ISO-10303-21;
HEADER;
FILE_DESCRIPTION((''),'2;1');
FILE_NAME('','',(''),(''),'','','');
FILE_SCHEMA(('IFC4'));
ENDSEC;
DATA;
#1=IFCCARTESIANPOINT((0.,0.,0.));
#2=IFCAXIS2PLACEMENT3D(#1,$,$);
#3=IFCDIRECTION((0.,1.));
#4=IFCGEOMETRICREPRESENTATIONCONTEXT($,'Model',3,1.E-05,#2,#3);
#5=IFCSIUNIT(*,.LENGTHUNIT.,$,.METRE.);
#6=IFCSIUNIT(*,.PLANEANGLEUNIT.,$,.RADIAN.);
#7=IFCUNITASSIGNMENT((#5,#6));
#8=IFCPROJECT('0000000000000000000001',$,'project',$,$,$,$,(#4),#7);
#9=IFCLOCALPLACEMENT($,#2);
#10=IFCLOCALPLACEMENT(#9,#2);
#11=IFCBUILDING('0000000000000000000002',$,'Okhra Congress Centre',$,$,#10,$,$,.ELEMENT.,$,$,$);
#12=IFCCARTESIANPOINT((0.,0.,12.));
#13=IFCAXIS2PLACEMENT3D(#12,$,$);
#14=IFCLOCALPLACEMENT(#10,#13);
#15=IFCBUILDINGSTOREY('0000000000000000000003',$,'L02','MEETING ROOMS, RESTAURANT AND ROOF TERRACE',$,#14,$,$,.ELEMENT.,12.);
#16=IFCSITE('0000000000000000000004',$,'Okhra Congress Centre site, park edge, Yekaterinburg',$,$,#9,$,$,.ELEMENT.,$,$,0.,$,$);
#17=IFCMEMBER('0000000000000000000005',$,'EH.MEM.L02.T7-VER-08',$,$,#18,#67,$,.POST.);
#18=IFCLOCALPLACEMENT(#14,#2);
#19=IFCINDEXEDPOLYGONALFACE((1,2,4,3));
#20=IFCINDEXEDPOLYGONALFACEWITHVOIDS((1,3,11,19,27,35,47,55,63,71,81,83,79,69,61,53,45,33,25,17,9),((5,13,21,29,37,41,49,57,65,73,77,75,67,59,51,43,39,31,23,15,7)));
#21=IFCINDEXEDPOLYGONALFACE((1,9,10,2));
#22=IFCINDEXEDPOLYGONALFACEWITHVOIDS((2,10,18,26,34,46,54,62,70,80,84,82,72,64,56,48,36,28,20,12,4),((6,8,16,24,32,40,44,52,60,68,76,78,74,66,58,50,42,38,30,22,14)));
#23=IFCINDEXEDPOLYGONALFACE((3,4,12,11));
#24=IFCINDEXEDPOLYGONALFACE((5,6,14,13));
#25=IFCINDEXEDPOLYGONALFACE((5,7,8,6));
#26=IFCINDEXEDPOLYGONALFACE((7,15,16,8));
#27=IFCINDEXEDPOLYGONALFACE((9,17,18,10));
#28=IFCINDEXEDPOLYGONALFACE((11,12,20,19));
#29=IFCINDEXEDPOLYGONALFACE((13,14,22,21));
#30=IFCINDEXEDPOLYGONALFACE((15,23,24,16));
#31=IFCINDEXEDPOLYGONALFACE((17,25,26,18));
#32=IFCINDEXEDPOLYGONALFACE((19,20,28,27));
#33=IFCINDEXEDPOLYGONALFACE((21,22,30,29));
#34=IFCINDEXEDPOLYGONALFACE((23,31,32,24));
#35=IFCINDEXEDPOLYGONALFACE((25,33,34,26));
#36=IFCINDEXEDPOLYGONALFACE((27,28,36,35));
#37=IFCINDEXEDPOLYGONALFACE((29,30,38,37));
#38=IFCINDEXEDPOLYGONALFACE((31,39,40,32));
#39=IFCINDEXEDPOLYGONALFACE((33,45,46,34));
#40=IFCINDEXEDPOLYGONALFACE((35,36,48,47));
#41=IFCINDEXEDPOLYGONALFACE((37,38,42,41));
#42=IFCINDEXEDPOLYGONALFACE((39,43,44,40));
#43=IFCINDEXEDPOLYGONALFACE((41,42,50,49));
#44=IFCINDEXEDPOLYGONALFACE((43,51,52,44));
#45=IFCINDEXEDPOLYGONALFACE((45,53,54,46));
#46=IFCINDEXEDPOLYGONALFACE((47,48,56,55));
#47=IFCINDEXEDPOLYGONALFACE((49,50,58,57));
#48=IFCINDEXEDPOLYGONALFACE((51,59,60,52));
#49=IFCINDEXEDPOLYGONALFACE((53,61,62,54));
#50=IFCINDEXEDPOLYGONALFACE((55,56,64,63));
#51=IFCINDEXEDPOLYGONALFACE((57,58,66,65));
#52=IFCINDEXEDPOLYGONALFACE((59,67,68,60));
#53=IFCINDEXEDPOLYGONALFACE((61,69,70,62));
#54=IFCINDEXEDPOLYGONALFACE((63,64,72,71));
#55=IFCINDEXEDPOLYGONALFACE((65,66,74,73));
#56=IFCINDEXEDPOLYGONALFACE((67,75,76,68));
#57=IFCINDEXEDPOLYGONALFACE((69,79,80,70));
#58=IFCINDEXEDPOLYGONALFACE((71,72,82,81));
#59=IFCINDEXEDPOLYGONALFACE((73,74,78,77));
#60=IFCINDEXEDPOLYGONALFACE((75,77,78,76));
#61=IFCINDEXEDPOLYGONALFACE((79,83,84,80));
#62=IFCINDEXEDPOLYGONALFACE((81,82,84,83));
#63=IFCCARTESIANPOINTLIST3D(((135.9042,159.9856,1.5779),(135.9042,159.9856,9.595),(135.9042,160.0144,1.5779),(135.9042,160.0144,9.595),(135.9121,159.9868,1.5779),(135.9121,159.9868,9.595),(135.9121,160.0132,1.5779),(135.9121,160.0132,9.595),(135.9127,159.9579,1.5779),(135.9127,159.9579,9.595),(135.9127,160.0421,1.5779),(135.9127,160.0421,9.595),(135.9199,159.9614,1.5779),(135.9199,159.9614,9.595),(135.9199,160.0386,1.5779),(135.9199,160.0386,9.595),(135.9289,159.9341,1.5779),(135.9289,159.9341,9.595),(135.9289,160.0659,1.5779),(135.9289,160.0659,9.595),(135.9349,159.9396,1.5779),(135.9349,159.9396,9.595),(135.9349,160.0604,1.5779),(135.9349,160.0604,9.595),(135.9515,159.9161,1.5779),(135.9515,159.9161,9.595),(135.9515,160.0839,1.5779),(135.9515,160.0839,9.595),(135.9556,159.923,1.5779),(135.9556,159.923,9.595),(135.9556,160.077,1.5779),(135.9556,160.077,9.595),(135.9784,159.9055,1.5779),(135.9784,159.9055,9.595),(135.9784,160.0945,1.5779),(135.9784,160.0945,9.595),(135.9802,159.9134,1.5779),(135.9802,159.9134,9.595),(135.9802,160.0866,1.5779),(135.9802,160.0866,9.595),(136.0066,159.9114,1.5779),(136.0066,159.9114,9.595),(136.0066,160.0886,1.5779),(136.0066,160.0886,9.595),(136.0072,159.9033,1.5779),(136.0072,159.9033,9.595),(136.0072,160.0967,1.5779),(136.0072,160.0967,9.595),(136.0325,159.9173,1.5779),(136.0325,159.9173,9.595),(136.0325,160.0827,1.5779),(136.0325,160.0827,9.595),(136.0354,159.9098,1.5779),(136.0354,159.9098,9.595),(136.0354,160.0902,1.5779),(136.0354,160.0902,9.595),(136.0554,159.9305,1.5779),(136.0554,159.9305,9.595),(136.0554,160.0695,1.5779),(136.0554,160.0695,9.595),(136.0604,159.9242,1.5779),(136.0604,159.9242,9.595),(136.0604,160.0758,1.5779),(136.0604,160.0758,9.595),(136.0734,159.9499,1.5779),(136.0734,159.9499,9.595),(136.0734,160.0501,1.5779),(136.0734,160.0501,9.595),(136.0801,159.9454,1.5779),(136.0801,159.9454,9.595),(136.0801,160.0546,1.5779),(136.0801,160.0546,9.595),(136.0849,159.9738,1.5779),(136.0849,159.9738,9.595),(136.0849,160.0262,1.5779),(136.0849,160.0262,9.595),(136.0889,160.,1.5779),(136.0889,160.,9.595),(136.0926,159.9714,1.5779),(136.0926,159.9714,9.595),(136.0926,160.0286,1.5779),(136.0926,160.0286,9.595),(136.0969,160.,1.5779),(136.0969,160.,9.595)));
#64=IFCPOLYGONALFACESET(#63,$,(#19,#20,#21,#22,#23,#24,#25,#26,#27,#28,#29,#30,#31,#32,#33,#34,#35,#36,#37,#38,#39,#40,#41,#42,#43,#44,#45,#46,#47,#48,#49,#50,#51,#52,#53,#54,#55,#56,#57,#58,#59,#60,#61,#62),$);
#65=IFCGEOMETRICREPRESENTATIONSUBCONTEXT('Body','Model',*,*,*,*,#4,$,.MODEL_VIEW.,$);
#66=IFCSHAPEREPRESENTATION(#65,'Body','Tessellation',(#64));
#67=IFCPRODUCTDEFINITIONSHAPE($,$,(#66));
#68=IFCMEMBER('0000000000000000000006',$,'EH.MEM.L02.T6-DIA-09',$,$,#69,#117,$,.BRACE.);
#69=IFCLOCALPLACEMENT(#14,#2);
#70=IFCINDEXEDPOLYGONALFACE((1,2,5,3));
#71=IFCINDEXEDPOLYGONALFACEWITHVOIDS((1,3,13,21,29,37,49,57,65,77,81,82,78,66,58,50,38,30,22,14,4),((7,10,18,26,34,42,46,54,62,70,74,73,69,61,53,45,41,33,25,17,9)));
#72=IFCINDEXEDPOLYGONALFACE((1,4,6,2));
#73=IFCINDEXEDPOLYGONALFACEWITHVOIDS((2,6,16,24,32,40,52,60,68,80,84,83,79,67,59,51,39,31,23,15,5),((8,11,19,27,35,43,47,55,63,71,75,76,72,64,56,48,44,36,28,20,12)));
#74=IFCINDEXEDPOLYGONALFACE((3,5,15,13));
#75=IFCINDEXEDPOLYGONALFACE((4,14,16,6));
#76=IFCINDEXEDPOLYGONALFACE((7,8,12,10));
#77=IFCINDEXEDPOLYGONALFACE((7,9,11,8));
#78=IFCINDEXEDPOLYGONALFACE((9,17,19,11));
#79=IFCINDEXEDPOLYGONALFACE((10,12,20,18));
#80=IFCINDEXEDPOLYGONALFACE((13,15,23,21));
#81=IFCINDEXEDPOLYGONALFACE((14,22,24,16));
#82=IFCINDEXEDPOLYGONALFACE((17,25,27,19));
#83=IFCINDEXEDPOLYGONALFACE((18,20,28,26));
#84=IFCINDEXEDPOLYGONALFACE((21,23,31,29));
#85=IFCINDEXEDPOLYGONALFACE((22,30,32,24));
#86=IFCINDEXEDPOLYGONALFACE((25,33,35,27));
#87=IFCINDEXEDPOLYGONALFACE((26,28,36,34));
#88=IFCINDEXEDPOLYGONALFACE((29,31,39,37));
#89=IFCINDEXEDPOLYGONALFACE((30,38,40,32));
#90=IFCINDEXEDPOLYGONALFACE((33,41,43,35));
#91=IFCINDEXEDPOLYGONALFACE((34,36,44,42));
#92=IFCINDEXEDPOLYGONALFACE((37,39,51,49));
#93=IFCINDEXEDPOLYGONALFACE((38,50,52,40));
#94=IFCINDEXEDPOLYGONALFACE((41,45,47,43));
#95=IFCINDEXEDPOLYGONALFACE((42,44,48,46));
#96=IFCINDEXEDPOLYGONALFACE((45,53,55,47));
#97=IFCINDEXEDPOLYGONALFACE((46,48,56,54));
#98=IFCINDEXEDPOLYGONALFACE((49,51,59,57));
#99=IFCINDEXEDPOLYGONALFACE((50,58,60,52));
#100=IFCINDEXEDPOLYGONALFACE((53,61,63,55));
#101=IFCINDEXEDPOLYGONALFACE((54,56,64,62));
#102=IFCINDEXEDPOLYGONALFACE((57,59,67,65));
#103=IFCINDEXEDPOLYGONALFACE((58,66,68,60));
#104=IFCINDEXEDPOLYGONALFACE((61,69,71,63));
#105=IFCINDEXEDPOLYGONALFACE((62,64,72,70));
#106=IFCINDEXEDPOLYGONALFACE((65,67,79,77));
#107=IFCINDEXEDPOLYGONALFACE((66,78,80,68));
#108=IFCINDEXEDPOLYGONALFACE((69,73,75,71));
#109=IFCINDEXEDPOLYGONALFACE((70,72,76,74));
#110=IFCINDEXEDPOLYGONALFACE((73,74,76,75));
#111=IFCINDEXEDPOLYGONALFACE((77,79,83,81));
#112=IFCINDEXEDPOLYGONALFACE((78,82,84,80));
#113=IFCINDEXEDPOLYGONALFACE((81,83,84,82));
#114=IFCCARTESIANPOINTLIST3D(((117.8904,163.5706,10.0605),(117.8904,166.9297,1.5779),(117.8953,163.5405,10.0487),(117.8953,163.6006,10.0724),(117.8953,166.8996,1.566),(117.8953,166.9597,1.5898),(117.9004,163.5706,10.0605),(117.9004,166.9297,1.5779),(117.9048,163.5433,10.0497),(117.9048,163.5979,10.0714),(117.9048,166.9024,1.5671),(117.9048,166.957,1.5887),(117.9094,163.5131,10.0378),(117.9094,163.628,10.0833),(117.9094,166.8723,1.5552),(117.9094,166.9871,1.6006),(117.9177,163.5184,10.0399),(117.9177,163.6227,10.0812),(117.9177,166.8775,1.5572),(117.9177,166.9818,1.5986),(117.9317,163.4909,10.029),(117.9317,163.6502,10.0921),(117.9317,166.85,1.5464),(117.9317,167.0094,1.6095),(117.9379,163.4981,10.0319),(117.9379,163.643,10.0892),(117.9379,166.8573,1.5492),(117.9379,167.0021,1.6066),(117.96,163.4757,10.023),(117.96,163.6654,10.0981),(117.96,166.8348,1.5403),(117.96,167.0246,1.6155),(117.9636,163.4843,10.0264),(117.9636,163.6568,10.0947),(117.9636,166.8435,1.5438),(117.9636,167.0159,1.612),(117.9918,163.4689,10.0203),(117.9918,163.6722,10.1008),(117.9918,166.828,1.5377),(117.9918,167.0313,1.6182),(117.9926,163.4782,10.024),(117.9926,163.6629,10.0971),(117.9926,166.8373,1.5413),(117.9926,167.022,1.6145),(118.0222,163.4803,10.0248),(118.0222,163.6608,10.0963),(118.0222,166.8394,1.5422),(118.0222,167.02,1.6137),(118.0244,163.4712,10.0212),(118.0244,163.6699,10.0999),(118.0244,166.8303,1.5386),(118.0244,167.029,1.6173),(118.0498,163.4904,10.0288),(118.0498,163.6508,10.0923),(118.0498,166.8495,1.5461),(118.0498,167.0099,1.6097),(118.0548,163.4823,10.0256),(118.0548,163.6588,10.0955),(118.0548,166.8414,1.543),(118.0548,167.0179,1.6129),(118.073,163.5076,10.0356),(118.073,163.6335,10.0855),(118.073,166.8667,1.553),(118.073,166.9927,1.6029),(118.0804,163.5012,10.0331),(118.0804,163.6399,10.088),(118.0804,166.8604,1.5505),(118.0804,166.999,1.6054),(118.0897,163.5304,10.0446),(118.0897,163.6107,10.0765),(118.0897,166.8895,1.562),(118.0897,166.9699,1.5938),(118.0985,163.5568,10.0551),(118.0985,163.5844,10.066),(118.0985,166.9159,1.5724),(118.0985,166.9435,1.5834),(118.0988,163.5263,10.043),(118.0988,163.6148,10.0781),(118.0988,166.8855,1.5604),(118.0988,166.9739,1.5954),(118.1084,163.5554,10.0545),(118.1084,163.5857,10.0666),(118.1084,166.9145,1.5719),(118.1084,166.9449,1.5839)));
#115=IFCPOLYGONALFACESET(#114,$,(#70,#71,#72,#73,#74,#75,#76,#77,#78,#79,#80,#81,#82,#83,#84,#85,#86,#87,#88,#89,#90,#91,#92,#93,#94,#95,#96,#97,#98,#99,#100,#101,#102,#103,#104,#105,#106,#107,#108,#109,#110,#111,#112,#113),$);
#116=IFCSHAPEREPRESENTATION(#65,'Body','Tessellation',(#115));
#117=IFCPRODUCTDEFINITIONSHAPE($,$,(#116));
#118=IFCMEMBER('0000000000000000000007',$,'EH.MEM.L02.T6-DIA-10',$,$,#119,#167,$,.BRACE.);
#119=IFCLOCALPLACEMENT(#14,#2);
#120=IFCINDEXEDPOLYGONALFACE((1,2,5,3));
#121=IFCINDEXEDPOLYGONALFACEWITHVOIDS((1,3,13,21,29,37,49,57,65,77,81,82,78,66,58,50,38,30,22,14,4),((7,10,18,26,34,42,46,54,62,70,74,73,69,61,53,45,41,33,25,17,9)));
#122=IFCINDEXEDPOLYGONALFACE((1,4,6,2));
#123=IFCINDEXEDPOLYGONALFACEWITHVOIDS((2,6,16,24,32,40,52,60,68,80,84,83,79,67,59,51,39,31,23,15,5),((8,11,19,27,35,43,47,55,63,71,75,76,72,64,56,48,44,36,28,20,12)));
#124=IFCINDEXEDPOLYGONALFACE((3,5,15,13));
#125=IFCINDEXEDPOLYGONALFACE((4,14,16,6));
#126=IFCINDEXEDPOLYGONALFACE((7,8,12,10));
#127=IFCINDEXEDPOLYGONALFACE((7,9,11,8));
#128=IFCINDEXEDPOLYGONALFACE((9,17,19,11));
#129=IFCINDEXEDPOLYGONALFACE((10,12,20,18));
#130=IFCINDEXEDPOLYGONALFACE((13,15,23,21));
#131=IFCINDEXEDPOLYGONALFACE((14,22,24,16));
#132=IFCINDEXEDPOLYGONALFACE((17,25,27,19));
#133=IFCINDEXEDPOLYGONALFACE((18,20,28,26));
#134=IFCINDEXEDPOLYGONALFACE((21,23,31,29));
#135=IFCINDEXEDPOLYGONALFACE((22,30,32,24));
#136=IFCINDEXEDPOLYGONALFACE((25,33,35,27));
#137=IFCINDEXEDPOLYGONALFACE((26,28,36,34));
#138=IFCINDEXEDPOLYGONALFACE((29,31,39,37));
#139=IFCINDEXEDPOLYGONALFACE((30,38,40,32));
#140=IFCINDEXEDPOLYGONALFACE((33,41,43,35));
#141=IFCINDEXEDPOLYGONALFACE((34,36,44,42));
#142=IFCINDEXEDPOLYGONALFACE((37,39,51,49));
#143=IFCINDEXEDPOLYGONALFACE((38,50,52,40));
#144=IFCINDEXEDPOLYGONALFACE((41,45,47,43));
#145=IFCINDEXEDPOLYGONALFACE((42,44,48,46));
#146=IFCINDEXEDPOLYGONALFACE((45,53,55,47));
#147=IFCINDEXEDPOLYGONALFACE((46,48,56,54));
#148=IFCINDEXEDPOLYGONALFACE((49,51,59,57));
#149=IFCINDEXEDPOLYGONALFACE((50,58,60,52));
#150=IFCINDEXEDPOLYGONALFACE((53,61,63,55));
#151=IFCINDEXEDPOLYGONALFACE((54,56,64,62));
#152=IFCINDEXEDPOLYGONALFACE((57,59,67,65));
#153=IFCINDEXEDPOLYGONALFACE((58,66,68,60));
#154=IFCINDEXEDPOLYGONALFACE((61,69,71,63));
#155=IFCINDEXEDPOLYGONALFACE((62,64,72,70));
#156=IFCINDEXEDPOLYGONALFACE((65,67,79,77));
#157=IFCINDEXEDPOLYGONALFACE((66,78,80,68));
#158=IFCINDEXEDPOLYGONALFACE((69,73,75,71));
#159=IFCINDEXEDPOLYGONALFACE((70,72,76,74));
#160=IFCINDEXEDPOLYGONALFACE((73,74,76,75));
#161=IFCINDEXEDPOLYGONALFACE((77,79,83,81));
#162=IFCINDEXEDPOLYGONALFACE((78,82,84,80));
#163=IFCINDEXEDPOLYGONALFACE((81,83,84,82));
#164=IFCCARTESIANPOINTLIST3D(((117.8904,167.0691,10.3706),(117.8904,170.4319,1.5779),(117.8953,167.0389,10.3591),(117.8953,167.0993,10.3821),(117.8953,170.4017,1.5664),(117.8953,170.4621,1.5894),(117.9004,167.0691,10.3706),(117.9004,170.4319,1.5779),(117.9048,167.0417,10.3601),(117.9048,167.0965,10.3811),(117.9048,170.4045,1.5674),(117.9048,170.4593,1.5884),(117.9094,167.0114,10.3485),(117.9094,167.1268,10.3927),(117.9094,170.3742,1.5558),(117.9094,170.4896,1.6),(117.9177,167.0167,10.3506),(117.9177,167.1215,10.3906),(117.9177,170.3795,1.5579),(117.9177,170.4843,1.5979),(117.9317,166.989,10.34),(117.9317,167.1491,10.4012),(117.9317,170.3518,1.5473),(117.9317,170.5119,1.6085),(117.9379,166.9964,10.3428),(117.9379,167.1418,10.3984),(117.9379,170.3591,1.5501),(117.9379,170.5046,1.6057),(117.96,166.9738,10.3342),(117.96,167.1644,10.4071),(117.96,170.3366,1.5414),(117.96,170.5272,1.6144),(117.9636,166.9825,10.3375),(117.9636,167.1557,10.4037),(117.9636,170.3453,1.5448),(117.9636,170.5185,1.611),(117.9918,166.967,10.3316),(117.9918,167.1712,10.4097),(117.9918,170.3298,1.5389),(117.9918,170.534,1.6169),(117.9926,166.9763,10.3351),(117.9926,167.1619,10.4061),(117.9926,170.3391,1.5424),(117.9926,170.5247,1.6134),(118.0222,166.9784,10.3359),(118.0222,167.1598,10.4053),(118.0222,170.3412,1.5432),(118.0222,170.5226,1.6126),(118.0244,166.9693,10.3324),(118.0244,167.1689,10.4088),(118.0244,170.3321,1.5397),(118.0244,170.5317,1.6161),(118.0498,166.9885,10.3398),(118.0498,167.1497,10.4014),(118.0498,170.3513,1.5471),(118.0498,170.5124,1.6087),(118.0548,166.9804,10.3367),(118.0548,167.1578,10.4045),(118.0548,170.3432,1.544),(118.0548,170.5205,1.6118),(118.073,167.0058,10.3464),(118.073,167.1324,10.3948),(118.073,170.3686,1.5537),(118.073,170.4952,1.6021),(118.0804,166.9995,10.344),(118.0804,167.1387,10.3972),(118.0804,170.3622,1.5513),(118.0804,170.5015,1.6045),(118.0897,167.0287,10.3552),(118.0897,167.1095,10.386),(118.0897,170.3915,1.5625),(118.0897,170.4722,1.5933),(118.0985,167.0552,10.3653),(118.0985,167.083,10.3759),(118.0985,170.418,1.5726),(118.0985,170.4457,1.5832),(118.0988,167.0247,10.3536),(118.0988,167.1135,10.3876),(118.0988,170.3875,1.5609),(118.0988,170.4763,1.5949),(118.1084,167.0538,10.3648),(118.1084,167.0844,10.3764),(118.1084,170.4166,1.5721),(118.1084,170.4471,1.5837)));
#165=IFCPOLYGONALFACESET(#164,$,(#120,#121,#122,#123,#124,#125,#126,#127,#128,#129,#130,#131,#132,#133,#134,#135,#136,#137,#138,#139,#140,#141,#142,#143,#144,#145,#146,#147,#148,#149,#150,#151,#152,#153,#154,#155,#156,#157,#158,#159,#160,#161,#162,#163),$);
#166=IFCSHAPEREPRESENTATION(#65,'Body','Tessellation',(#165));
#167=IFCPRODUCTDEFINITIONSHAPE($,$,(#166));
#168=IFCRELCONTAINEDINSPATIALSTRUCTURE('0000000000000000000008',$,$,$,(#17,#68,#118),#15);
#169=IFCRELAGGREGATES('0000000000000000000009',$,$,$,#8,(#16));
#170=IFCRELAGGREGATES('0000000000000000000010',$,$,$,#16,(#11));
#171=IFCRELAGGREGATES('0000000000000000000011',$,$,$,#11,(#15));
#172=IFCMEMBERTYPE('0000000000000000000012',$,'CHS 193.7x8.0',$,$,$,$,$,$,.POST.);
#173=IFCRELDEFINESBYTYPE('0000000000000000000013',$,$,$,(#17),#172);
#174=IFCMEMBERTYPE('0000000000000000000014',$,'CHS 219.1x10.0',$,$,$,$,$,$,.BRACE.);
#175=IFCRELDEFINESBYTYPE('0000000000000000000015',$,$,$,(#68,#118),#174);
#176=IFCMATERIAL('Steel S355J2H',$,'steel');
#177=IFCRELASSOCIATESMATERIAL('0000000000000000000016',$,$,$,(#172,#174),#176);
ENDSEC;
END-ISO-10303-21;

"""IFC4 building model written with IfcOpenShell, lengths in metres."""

from ifc_helpers import new_model, si_unit, direction, frame, origin, origin_2d, place, context, subcontext, project, spatial, hollow_circle, extrude, material, material_profile, profile_set, type_object, element, save


model = new_model("IFC4")

# Units and contexts
model_context = context("Model", 3, precision=1e-05, world=origin(), true_north=direction((0.0, 1.0)))
body_context = subcontext(model_context, "Body", "Model", "MODEL_VIEW")
ifc_project = project(units=[si_unit("LENGTHUNIT", "METRE"), si_unit("PLANEANGLEUNIT", "RADIAN")], contexts=[model_context])

# Site, building, storey
site_placement = place(None, origin())
site = spatial("IfcSite", under=ifc_project, at=site_placement, Name="Okhra Congress Centre site, park edge, Yekaterinburg", CompositionType="ELEMENT", RefElevation=0.0)
building_placement = place(site_placement, origin())
building = spatial("IfcBuilding", under=site, at=building_placement, Name="Okhra Congress Centre", CompositionType="ELEMENT")
storey_placement = place(building_placement, frame((0.0, 0.0, 12.0)))
storey = spatial("IfcBuildingStorey", under=building, at=storey_placement, Name="L02", Description="MEETING ROOMS, RESTAURANT AND ROOF TERRACE", CompositionType="ELEMENT", Elevation=12.0)

# Members
ifc_material_1 = material(Name="Steel S355J2H", Category="steel")
ifc_material_profile_1 = material_profile(ifc_material_1, hollow_circle(Radius=0.0969, WallThickness=0.0081, at=origin_2d()), Name="CHS 193.7x8.0")
ifc_profile_set_1 = profile_set([ifc_material_profile_1], Name="Steel S355J2H")
member_type_1 = type_object("IfcMemberType", Name="CHS 193.7x8.0", PredefinedType="POST", material=ifc_profile_set_1)
member_1_placement = place(storey_placement, frame((136.0, 160.0, 1.5779), z_axis=(0.0, 0.0, 1.0), x_axis=(1.0, 0.0, 0.0)))
element("IfcMember", 1, at=member_1_placement, inside=storey, type_object=member_type_1, Name="EH.MEM.L02.T7-VER-08", PredefinedType="POST", context=body_context, shape_type="SweptSolid", body=[
    extrude(hollow_circle(Radius=0.0969, WallThickness=0.0081, at=origin_2d()), origin(), (0.0, 0.0, 1.0), 8.0171),
])
ifc_material_profile_2 = material_profile(ifc_material_1, hollow_circle(Radius=0.1096, WallThickness=0.01, at=origin_2d()), Name="CHS 219.1x10.0")
ifc_profile_set_2 = profile_set([ifc_material_profile_2], Name="Steel S355J2H")
member_type_2 = type_object("IfcMemberType", Name="CHS 219.1x10.0", PredefinedType="BRACE", material=ifc_profile_set_2)
member_2_placement = place(storey_placement, frame((118.0, 163.5706, 10.0605), z_axis=(0.0, 0.368182, -0.929754), x_axis=(-1.0, 0.0, 0.0)))
element("IfcMember", 2, at=member_2_placement, inside=storey, type_object=member_type_2, Name="EH.MEM.L02.T6-DIA-09", PredefinedType="BRACE", context=body_context, shape_type="SweptSolid", body=[
    extrude(hollow_circle(Radius=0.1096, WallThickness=0.01, at=origin_2d()), origin(), (0.0, 0.0, 1.0), 9.1235),
])
member_3_placement = place(storey_placement, frame((118.0, 167.0691, 10.3706), z_axis=(0.0, 0.357218, -0.934021), x_axis=(-1.0, 0.0, 0.0)))
element("IfcMember", 3, at=member_3_placement, inside=storey, type_object=member_type_2, Name="EH.MEM.L02.T6-DIA-10", PredefinedType="BRACE", context=body_context, shape_type="SweptSolid", body=[
    extrude(hollow_circle(Radius=0.1096, WallThickness=0.01, at=origin_2d()), origin(), (0.0, 0.0, 1.0), 9.4138),
])

save(model, "model.ifc")
